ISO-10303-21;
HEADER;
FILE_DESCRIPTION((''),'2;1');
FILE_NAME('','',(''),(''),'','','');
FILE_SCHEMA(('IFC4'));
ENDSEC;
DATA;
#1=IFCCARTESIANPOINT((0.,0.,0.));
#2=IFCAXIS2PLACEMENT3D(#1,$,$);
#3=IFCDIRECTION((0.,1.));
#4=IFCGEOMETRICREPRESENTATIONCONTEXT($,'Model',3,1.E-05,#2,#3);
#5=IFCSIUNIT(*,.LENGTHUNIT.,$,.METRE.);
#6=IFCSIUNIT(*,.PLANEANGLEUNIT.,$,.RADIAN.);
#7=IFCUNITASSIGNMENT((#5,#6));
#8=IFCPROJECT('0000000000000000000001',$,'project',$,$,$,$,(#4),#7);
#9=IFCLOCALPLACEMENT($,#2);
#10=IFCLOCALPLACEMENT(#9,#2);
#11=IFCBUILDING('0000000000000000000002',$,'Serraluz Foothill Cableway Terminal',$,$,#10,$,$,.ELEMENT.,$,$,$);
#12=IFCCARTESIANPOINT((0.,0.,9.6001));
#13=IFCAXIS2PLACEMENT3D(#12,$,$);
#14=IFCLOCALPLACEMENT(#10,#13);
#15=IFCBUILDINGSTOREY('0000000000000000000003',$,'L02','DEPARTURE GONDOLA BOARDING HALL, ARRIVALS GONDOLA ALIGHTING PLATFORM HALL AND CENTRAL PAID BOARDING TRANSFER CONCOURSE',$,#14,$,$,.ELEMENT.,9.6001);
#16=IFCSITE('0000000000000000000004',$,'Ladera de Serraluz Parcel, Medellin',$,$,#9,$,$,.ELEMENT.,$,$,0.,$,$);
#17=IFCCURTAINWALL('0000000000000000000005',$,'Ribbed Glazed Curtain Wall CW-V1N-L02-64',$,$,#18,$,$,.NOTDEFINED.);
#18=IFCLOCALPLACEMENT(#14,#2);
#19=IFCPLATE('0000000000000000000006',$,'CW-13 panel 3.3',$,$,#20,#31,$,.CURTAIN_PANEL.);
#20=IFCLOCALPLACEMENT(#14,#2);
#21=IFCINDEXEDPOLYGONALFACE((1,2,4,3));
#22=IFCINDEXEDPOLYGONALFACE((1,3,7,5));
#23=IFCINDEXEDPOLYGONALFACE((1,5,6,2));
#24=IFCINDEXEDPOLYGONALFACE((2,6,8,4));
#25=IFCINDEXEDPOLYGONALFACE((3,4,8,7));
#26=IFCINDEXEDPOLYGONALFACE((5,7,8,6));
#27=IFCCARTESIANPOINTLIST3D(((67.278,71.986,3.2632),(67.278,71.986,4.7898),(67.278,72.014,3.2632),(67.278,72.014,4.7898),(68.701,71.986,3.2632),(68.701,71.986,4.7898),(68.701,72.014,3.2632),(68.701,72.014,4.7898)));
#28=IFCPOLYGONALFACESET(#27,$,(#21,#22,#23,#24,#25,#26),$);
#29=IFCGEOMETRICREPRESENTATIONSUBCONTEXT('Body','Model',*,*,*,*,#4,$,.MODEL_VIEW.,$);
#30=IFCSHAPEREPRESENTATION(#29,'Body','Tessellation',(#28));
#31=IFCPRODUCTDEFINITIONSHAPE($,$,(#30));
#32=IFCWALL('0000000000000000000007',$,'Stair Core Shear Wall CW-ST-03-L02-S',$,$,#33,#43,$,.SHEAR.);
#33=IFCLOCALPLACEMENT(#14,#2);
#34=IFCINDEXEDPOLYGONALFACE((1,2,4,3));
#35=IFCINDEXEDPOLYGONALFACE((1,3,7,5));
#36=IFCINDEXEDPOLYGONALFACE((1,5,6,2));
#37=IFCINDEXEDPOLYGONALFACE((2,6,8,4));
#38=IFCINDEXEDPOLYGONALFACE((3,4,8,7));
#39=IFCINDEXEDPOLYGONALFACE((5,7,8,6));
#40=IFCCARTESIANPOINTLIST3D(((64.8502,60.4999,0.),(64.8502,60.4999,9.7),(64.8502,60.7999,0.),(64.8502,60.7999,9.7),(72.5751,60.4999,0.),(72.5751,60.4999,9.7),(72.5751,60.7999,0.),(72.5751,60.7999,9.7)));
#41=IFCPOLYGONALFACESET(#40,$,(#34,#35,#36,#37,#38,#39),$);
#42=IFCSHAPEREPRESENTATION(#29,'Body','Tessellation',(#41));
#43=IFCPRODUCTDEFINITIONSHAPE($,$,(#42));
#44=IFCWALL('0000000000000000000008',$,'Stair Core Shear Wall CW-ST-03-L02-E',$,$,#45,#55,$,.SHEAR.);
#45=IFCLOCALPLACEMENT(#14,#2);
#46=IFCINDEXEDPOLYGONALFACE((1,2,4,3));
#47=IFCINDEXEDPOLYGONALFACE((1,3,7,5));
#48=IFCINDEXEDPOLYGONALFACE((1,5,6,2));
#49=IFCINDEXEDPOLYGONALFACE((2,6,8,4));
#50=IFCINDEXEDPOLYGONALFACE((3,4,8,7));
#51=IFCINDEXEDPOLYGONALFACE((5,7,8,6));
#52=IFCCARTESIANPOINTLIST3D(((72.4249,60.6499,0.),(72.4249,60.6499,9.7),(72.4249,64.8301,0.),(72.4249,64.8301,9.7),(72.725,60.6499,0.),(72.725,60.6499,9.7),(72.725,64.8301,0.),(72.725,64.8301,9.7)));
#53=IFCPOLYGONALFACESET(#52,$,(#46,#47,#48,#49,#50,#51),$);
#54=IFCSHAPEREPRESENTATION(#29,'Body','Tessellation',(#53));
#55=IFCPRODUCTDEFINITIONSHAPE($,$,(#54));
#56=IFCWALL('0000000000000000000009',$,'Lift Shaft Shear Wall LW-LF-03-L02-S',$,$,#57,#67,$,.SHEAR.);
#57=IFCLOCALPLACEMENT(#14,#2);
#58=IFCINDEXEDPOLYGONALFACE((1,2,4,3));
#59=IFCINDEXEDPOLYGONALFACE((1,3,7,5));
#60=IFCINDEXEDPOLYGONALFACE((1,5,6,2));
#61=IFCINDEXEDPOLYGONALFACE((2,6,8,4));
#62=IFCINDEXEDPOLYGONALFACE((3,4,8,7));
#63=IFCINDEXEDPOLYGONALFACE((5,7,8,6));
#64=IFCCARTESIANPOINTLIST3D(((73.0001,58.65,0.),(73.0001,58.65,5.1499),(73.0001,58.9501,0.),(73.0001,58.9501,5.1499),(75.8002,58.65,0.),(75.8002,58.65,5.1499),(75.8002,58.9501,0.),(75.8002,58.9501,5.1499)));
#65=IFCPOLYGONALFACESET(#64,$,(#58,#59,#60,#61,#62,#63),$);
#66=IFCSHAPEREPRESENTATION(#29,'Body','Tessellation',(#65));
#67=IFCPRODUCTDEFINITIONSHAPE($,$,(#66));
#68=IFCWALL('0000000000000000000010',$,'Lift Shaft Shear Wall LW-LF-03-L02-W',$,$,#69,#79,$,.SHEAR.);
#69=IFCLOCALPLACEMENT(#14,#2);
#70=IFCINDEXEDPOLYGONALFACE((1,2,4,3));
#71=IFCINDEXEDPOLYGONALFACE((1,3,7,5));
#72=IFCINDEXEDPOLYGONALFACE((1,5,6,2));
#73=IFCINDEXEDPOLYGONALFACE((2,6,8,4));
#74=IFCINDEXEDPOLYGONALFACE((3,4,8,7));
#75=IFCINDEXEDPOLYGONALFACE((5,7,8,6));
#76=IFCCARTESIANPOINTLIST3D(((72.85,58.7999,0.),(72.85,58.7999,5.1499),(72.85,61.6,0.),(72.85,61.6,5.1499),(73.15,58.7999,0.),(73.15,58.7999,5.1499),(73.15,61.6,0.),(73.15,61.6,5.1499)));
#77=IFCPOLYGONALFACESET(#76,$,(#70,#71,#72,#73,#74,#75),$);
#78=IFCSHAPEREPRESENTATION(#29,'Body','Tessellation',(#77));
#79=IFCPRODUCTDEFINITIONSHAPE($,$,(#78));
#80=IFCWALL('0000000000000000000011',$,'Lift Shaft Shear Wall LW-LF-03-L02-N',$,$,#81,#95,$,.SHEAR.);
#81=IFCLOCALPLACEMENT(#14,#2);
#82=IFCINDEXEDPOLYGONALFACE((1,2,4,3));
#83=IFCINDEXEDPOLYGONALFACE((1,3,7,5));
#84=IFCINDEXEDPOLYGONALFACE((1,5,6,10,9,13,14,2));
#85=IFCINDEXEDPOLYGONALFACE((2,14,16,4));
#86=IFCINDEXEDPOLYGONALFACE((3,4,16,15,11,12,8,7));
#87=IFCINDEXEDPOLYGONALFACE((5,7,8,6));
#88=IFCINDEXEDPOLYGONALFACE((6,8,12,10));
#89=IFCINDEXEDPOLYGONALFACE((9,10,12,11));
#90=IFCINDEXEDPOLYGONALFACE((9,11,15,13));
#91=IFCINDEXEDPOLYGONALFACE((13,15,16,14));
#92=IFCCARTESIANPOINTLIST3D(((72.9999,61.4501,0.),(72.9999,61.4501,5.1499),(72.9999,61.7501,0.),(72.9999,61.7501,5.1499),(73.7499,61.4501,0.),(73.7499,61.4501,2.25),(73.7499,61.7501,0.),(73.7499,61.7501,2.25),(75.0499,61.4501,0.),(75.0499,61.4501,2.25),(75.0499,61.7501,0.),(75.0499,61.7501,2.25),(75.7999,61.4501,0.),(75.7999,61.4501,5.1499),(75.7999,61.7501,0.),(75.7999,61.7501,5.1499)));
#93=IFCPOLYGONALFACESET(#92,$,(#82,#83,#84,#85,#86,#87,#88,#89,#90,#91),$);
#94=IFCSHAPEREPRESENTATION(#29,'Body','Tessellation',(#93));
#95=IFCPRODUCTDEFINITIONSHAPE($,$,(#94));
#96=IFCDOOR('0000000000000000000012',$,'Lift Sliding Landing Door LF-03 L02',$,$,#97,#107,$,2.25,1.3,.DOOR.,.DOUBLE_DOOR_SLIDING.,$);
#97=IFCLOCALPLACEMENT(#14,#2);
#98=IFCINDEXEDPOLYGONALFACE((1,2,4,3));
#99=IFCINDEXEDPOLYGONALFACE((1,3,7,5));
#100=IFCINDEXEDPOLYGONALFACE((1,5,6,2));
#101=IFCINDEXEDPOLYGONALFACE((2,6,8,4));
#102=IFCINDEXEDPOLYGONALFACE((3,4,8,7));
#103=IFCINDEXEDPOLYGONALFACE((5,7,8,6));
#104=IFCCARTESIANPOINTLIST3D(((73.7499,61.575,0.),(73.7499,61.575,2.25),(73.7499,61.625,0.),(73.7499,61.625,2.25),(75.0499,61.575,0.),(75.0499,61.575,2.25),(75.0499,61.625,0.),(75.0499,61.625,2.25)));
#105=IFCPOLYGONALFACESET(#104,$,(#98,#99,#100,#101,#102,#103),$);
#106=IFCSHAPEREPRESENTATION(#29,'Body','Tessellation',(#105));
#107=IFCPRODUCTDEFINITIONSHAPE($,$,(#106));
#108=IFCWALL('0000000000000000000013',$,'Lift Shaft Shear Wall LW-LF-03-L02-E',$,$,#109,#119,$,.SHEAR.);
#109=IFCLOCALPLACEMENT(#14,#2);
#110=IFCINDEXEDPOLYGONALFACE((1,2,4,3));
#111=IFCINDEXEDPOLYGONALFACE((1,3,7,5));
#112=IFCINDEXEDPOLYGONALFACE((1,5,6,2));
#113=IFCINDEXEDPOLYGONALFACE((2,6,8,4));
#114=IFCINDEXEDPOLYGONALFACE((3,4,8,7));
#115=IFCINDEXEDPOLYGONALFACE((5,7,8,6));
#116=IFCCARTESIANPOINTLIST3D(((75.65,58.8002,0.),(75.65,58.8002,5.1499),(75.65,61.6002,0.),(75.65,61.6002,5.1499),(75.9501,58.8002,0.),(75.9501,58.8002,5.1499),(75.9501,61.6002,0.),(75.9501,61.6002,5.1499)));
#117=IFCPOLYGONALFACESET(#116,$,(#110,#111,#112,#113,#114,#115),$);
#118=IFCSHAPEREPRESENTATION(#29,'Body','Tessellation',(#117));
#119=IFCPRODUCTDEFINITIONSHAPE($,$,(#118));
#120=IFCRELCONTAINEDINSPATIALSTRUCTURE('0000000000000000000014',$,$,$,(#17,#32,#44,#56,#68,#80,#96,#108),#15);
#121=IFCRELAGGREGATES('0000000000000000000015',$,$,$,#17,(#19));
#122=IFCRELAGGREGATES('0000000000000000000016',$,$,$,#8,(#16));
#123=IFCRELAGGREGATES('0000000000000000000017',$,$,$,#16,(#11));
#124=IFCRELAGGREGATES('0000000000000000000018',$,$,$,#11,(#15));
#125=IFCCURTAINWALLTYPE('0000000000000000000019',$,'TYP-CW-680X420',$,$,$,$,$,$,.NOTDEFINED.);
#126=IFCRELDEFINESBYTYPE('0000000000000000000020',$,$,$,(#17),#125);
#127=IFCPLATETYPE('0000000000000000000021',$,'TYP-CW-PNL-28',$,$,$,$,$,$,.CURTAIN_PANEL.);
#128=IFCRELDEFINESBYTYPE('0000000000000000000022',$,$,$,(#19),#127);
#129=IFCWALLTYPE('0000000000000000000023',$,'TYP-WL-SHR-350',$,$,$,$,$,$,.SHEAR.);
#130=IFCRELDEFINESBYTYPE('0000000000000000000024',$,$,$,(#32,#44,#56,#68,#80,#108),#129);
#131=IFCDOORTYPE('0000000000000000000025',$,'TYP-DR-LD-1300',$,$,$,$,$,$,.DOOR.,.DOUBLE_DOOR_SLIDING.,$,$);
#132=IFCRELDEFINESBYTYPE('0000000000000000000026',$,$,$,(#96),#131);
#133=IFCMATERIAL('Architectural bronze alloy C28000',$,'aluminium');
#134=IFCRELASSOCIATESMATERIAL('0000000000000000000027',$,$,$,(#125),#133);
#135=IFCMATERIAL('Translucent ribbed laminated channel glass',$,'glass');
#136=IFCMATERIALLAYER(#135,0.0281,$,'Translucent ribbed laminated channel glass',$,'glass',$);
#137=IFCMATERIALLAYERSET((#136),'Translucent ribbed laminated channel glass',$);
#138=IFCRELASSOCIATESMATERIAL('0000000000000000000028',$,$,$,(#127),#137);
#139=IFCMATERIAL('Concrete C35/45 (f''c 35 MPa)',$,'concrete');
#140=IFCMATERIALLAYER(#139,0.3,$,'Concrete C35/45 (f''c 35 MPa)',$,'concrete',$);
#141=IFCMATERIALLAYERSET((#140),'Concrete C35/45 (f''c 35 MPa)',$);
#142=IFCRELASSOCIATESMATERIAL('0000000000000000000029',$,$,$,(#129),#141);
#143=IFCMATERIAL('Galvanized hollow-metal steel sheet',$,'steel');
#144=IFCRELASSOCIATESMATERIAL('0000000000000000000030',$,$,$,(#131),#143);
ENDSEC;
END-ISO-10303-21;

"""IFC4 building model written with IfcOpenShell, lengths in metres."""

from ifc_helpers import new_model, si_unit, direction, frame, frame_2d, origin, origin_2d, place, context, subcontext, project, spatial, rectangle, extrude, material, layer, layer_set, type_object, element, fill, aggregate, save


model = new_model("IFC4")

# Units and contexts
model_context = context("Model", 3, precision=1e-05, world=origin(), true_north=direction((0.0, 1.0)))
body_context = subcontext(model_context, "Body", "Model", "MODEL_VIEW")
ifc_project = project(units=[si_unit("LENGTHUNIT", "METRE"), si_unit("PLANEANGLEUNIT", "RADIAN")], contexts=[model_context])

# Site, building, storey
site_placement = place(None, origin())
site = spatial("IfcSite", under=ifc_project, at=site_placement, Name="Ladera de Serraluz Parcel, Medellin", CompositionType="ELEMENT", RefElevation=0.0)
building_placement = place(site_placement, origin())
building = spatial("IfcBuilding", under=site, at=building_placement, Name="Serraluz Foothill Cableway Terminal", CompositionType="ELEMENT")
storey_placement = place(building_placement, frame((0.0, 0.0, 9.6001)))
storey = spatial("IfcBuildingStorey", under=building, at=storey_placement, Name="L02", Description="DEPARTURE GONDOLA BOARDING HALL, ARRIVALS GONDOLA ALIGHTING PLATFORM HALL AND CENTRAL PAID BOARDING TRANSFER CONCOURSE", CompositionType="ELEMENT", Elevation=9.6001)

# Curtain wall
ifc_material_1 = material(Name="Architectural bronze alloy C28000", Category="aluminium")
curtain_wall_type = type_object("IfcCurtainWallType", Name="TYP-CW-680X420", PredefinedType="NOTDEFINED", material=ifc_material_1)
curtain_wall_placement = place(storey_placement, origin())
curtain_wall = element("IfcCurtainWall", 1, at=curtain_wall_placement, inside=storey, type_object=curtain_wall_type, Name="Ribbed Glazed Curtain Wall CW-V1N-L02-64", PredefinedType="NOTDEFINED")

# Plate
ifc_material_2 = material(Name="Translucent ribbed laminated channel glass", Category="glass")
ifc_layer_1 = layer(ifc_material_2, 0.0281, Name="Translucent ribbed laminated channel glass", Category="glass")
ifc_layer_set_1 = layer_set([ifc_layer_1], Name="Translucent ribbed laminated channel glass")
plate_type = type_object("IfcPlateType", Name="TYP-CW-PNL-28", PredefinedType="CURTAIN_PANEL", material=ifc_layer_set_1)
plate_1_placement = place(storey_placement, frame((67.9895, 72.0, 3.2632), z_axis=(0.0, 0.0, 1.0), x_axis=(1.0, 0.0, 0.0)))
plate_1 = element("IfcPlate", 2, at=plate_1_placement, type_object=plate_type, Name="CW-13 panel 3.3", PredefinedType="CURTAIN_PANEL", context=body_context, shape_type="SweptSolid", body=[
    extrude(rectangle(XDim=1.4231, YDim=0.0281, at=origin_2d()), origin(), (0.0, 0.0, 1.0), 1.5266),
])
aggregate(curtain_wall, [plate_1])

# Walls
ifc_material_3 = material(Name="Concrete C35/45 (f'c 35 MPa)", Category="concrete")
ifc_layer_2 = layer(ifc_material_3, 0.3, Name="Concrete C35/45 (f'c 35 MPa)", Category="concrete")
ifc_layer_set_2 = layer_set([ifc_layer_2], Name="Concrete C35/45 (f'c 35 MPa)")
wall_type = type_object("IfcWallType", Name="TYP-WL-SHR-350", PredefinedType="SHEAR", material=ifc_layer_set_2)
wall_1_placement = place(storey_placement, frame((72.575, 60.6499, 0.0), z_axis=(0.0, 0.0, 1.0), x_axis=(-1.0, 0.0, 0.0)))
element("IfcWall", 3, at=wall_1_placement, inside=storey, type_object=wall_type, Name="Stair Core Shear Wall CW-ST-03-L02-S", PredefinedType="SHEAR", context=body_context, shape_type="SweptSolid", body=[
    extrude(rectangle(XDim=7.7249, YDim=0.3, at=frame_2d((3.8623, 0.0))), origin(), (0.0, 0.0, 1.0), 9.7),
])
wall_2_placement = place(storey_placement, frame((72.575, 64.8301, 0.0), z_axis=(0.0, 0.0, 1.0), x_axis=(0.0, -1.0, 0.0)))
element("IfcWall", 4, at=wall_2_placement, inside=storey, type_object=wall_type, Name="Stair Core Shear Wall CW-ST-03-L02-E", PredefinedType="SHEAR", context=body_context, shape_type="SweptSolid", body=[
    extrude(rectangle(XDim=4.1802, YDim=0.3, at=frame_2d((2.0901, 0.0))), origin(), (0.0, 0.0, 1.0), 9.7),
])
for number, where, z_axis, x_axis, name in (
    (5, (75.8, 58.8, 0.0), (0.0, 0.0, 1.0), (-1.0, 0.0, 0.0), "Lift Shaft Shear Wall LW-LF-03-L02-S"),
    (6, (73.0, 58.8, 0.0), (0.0, 0.0, 1.0), (0.0, 1.0, 0.0), "Lift Shaft Shear Wall LW-LF-03-L02-W"),
):
    element("IfcWall", number, at=place(storey_placement, frame(where, z_axis=z_axis, x_axis=x_axis)), inside=storey, type_object=wall_type, Name=name, PredefinedType="SHEAR", context=body_context, shape_type="SweptSolid", body=[
        extrude(rectangle(XDim=2.8, YDim=0.3, at=frame_2d((1.3999, 0.0))), origin(), (0.0, 0.0, 1.0), 5.1499),
    ])

# Wall, opening, door
wall_3_placement = place(storey_placement, frame((73.0, 61.6001, 0.0), z_axis=(0.0, 0.0, 1.0), x_axis=(1.0, 0.0, 0.0)))
wall_3 = element("IfcWall", 7, at=wall_3_placement, inside=storey, type_object=wall_type, Name="Lift Shaft Shear Wall LW-LF-03-L02-N", PredefinedType="SHEAR", context=body_context, shape_type="SweptSolid", body=[
    extrude(rectangle(XDim=2.8, YDim=0.3, at=frame_2d((1.3999, 0.0))), origin(), (0.0, 0.0, 1.0), 5.1499),
])
opening_placement = place(wall_3_placement, frame((0.75, 0.0, 0.0)))
opening = element("IfcOpeningElement", 8, at=opening_placement, cuts=wall_3, PredefinedType="OPENING", context=body_context, shape_type="SweptSolid", body=[
    extrude(rectangle(XDim=1.3, YDim=2.25, at=frame_2d((0.6499, 1.125))), frame((0.0, 0.1602, 0.0), z_axis=(0.0, -1.0, 0.0), x_axis=(1.0, 0.0, 0.0)), (0.0, 0.0, 1.0), 0.3201),
])
ifc_material_4 = material(Name="Galvanized hollow-metal steel sheet", Category="steel")
door_type = type_object("IfcDoorType", Name="TYP-DR-LD-1300", OperationType="DOUBLE_DOOR_SLIDING", PredefinedType="DOOR", material=ifc_material_4)
door_placement = place(opening_placement, origin())
door = element("IfcDoor", 9, at=door_placement, inside=storey, type_object=door_type, Name="Lift Sliding Landing Door LF-03 L02", OperationType="DOUBLE_DOOR_SLIDING", OverallHeight=2.25, OverallWidth=1.3, PredefinedType="DOOR", context=body_context, shape_type="SweptSolid", body=[
    extrude(rectangle(XDim=1.3, YDim=2.25, at=frame_2d((0.6499, 1.125))), frame((0.0, 0.0249, 0.0), z_axis=(0.0, -1.0, 0.0), x_axis=(1.0, 0.0, 0.0)), (0.0, 0.0, 1.0), 0.05),
])
fill(opening, door)

# Wall
wall_4_placement = place(storey_placement, frame((75.8, 61.6001, 0.0), z_axis=(0.0, 0.0, 1.0), x_axis=(0.0, -1.0, 0.0)))
element("IfcWall", 10, at=wall_4_placement, inside=storey, type_object=wall_type, Name="Lift Shaft Shear Wall LW-LF-03-L02-E", PredefinedType="SHEAR", context=body_context, shape_type="SweptSolid", body=[
    extrude(rectangle(XDim=2.8, YDim=0.3, at=frame_2d((1.3999, 0.0))), origin(), (0.0, 0.0, 1.0), 5.1499),
])

save(model, "model.ifc")
